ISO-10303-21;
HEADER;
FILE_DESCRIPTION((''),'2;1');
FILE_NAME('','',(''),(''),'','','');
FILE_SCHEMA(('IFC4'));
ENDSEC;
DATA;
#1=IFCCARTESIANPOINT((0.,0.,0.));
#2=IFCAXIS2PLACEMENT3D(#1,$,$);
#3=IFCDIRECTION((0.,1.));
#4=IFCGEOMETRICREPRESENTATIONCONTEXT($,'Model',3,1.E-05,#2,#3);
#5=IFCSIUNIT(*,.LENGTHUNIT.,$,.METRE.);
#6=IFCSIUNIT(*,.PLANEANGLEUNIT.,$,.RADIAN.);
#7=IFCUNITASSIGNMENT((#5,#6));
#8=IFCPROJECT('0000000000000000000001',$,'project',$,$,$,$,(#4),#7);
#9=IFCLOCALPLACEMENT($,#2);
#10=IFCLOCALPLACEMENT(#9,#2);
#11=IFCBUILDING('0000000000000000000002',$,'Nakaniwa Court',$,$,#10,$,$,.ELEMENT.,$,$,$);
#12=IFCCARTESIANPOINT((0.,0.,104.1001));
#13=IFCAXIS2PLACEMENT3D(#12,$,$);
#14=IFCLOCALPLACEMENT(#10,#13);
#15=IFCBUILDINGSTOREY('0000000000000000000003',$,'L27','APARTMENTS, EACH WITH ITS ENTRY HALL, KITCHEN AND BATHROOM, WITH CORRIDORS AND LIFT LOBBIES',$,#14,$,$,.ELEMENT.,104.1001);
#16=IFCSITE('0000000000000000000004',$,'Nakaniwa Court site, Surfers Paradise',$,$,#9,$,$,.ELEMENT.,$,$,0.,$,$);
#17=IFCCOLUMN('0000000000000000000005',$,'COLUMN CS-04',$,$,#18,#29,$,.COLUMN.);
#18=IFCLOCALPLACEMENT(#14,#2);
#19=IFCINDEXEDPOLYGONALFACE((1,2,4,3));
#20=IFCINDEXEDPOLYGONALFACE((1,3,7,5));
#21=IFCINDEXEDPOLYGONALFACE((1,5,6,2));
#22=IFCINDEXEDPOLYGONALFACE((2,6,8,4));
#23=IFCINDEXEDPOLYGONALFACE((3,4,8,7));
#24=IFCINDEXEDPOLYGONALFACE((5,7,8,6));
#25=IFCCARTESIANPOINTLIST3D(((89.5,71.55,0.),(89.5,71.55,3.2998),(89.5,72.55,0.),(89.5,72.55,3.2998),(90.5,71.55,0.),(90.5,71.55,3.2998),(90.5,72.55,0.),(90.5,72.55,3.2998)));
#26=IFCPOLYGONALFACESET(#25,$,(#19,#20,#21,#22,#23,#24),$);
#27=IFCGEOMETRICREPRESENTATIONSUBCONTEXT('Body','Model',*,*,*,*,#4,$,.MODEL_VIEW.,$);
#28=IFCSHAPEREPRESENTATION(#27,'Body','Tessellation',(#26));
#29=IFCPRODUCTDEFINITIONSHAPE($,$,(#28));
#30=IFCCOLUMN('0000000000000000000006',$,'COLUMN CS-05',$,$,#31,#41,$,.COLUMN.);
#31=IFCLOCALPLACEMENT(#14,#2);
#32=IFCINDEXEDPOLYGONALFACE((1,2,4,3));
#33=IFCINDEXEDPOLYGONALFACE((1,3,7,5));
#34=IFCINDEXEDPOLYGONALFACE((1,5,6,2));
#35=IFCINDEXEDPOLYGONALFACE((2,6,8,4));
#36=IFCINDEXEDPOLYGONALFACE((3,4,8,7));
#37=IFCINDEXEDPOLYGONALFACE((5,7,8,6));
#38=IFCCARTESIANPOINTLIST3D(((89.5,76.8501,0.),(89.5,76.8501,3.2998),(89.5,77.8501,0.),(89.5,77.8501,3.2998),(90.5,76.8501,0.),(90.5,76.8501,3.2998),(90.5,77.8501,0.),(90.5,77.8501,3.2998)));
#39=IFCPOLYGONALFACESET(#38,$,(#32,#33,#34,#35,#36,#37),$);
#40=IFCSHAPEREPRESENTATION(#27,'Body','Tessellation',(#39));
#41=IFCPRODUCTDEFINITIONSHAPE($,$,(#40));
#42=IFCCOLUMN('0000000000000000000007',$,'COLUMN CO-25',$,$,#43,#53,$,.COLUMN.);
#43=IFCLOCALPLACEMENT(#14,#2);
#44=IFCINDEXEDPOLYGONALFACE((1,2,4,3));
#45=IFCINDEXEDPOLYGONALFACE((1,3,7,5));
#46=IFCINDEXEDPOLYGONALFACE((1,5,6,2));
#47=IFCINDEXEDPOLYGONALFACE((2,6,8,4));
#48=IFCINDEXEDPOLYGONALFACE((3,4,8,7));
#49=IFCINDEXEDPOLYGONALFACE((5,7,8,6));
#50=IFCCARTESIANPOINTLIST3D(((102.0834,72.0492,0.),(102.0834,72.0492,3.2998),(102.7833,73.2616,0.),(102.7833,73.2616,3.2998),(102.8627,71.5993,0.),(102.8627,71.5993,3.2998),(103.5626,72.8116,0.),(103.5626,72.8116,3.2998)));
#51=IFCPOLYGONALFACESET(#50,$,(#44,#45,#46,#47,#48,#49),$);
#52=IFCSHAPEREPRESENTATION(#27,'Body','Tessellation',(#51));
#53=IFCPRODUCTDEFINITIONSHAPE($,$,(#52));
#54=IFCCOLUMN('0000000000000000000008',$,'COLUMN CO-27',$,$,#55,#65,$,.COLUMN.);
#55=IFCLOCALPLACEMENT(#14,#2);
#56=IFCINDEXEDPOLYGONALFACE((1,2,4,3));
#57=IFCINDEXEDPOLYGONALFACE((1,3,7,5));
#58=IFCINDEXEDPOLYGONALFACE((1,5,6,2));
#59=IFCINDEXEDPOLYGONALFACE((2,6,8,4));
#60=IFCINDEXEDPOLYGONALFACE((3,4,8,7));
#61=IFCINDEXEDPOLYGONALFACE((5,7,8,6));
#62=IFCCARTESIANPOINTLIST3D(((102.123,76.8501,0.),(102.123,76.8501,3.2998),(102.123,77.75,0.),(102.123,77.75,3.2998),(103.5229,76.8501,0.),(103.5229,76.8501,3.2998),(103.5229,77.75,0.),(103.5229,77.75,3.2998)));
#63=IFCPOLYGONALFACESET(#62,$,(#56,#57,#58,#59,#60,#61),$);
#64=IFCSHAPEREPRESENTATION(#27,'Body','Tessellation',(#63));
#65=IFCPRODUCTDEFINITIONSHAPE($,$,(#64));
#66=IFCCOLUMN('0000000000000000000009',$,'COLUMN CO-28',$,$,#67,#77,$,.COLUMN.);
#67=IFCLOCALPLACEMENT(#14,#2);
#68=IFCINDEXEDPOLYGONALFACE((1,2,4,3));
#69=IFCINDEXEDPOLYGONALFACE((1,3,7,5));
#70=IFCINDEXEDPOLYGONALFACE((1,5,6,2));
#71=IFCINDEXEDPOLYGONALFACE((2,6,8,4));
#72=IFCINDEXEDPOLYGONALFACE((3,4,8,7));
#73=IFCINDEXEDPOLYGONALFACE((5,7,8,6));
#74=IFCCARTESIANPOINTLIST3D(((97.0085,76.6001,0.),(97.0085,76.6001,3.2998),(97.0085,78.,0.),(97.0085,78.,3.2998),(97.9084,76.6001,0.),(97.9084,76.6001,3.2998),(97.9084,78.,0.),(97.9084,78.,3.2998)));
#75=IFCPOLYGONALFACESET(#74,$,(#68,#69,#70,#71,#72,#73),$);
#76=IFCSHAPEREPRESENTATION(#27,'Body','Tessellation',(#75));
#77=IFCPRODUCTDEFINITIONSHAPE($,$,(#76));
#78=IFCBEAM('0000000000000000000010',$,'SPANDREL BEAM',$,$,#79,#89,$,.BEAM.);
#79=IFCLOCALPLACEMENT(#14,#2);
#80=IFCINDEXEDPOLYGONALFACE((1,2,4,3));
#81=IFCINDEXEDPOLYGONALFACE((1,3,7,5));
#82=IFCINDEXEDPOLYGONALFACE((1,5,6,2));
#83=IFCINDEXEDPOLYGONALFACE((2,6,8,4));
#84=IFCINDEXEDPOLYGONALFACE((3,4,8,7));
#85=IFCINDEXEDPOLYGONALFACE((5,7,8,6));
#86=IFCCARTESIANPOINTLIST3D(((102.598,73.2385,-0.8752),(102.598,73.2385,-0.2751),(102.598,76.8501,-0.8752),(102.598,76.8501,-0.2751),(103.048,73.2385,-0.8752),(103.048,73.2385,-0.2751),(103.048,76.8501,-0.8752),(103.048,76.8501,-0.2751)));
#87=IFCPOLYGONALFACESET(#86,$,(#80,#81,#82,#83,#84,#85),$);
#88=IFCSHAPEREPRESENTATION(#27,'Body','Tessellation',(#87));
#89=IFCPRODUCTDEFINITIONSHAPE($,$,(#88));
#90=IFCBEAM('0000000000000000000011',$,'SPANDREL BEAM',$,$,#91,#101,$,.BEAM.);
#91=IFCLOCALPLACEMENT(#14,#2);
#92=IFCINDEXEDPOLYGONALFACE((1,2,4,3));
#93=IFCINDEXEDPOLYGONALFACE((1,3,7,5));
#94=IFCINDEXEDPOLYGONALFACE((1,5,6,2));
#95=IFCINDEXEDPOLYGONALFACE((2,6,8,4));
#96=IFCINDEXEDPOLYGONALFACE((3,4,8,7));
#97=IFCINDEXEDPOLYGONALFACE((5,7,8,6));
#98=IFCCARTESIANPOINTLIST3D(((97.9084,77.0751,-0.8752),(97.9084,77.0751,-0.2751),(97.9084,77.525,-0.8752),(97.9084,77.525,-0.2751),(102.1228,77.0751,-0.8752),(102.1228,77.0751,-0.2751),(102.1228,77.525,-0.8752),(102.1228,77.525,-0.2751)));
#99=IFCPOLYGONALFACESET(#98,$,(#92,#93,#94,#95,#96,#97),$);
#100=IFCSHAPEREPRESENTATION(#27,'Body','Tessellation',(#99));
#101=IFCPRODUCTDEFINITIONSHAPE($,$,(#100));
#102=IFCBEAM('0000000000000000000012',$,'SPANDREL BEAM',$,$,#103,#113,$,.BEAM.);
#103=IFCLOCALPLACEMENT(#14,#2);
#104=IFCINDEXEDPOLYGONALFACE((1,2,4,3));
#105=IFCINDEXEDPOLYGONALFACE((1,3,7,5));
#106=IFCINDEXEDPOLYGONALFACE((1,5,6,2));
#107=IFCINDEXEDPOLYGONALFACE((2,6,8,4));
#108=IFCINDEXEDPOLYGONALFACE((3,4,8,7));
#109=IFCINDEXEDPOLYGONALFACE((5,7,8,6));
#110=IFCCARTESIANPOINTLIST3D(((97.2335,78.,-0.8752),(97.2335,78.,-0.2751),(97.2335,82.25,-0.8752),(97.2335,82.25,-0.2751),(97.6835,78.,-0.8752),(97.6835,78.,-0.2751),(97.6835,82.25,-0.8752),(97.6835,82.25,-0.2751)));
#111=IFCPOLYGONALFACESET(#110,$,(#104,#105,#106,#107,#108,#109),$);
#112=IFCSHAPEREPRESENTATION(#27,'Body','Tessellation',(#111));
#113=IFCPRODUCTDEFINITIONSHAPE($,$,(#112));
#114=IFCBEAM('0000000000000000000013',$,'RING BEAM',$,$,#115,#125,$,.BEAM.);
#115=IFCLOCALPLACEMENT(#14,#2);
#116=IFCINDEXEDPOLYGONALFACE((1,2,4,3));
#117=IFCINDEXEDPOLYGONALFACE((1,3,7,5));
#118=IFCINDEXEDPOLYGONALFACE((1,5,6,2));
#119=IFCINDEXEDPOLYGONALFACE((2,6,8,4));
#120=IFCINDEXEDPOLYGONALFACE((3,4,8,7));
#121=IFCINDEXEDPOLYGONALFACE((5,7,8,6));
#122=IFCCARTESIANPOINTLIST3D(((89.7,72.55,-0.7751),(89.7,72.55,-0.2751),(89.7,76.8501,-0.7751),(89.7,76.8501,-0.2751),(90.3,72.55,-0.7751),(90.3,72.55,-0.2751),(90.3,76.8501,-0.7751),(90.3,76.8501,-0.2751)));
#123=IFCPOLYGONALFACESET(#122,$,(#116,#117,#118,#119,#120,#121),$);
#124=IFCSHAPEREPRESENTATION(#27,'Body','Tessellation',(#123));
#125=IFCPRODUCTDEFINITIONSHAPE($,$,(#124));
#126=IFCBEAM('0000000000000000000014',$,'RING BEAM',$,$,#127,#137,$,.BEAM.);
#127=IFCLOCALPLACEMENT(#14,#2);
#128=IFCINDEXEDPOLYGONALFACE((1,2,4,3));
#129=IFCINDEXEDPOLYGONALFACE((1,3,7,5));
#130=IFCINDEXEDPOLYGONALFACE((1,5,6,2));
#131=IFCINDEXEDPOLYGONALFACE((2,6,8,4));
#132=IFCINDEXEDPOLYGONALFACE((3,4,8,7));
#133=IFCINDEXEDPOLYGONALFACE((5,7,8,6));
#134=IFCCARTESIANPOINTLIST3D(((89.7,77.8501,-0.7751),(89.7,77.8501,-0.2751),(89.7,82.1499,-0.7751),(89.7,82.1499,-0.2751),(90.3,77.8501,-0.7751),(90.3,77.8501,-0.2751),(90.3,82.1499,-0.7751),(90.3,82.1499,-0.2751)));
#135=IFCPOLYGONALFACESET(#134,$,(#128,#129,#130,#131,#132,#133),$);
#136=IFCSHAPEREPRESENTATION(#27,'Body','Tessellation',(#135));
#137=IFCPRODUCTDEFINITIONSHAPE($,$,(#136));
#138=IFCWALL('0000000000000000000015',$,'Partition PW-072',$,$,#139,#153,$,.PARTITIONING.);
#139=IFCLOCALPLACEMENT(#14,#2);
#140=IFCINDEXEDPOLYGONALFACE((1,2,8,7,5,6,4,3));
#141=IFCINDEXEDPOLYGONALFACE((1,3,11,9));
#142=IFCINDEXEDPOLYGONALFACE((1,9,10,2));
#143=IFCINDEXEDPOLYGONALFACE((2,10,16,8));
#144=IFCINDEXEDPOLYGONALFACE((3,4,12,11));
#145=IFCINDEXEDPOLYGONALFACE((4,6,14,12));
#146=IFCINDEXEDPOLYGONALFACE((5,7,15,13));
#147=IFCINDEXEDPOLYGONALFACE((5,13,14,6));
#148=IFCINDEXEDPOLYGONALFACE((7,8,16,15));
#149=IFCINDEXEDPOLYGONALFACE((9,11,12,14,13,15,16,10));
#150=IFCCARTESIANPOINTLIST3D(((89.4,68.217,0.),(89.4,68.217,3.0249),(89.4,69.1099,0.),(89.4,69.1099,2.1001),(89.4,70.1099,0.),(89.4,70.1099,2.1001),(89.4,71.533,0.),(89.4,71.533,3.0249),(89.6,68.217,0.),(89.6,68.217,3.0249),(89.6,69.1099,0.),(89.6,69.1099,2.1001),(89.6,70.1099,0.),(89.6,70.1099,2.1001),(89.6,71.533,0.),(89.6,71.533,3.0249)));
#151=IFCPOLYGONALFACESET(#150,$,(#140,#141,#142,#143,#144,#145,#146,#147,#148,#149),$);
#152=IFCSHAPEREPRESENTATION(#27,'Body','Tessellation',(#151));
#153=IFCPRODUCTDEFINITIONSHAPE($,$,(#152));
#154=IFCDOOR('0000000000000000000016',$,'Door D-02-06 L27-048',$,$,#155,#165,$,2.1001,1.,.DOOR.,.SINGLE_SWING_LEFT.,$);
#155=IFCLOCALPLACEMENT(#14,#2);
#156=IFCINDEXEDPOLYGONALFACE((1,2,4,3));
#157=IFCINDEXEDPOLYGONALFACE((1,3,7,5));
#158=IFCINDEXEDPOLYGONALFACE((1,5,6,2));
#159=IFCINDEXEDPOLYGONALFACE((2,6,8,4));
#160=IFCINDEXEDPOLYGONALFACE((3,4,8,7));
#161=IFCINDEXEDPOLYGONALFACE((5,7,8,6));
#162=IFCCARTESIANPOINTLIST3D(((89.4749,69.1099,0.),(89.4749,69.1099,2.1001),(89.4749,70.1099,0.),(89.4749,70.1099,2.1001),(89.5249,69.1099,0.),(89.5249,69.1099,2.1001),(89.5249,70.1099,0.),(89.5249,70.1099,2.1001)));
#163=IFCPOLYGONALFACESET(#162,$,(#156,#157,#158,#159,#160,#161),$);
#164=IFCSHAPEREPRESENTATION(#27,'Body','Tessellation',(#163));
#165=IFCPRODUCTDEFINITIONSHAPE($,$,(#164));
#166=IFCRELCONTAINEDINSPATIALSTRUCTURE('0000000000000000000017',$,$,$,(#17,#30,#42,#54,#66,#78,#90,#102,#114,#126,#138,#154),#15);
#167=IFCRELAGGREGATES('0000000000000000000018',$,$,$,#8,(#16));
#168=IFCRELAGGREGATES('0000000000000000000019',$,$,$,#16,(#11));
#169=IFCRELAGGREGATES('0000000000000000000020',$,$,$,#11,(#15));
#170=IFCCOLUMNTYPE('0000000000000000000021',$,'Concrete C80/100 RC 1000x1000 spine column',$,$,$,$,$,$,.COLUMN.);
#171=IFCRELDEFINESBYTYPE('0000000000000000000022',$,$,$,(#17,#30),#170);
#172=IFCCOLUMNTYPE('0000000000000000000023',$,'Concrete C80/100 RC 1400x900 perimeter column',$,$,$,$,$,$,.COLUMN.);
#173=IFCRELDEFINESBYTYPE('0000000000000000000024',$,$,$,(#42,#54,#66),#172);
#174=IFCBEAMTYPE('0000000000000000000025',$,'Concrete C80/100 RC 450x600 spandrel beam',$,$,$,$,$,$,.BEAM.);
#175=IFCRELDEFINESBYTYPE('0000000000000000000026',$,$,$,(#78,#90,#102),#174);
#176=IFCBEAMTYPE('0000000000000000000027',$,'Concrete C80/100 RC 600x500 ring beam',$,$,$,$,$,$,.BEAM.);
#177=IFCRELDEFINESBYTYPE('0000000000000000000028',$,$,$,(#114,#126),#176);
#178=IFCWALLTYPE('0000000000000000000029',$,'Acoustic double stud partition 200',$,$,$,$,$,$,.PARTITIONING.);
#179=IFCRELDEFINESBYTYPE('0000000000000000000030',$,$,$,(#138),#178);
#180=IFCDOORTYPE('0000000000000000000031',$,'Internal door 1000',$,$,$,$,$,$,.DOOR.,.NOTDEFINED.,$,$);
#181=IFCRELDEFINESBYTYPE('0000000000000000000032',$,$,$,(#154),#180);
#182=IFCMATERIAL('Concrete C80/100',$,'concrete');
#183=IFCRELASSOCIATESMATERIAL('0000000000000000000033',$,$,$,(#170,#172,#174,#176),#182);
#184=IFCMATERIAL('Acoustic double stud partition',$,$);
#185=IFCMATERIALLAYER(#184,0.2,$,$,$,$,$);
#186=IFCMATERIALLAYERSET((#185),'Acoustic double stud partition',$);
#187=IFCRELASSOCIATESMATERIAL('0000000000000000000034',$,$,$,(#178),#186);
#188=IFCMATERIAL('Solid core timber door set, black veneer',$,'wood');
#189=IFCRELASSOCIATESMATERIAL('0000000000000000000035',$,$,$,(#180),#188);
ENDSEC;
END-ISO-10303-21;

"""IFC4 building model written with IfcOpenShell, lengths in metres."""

from ifc_helpers import new_model, si_unit, direction, frame, frame_2d, origin, origin_2d, place, context, subcontext, project, spatial, rectangle, extrude, material, layer, layer_set, material_profile, profile_set, type_object, element, fill, save


model = new_model("IFC4")

# Units and contexts
model_context = context("Model", 3, precision=1e-05, world=origin(), true_north=direction((0.0, 1.0)))
body_context = subcontext(model_context, "Body", "Model", "MODEL_VIEW")
ifc_project = project(units=[si_unit("LENGTHUNIT", "METRE"), si_unit("PLANEANGLEUNIT", "RADIAN")], contexts=[model_context])

# Site, building, storey
site_placement = place(None, origin())
site = spatial("IfcSite", under=ifc_project, at=site_placement, Name="Nakaniwa Court site, Surfers Paradise", CompositionType="ELEMENT", RefElevation=0.0)
building_placement = place(site_placement, origin())
building = spatial("IfcBuilding", under=site, at=building_placement, Name="Nakaniwa Court", CompositionType="ELEMENT")
storey_placement = place(building_placement, frame((0.0, 0.0, 104.1001)))
storey = spatial("IfcBuildingStorey", under=building, at=storey_placement, Name="L27", Description="APARTMENTS, EACH WITH ITS ENTRY HALL, KITCHEN AND BATHROOM, WITH CORRIDORS AND LIFT LOBBIES", CompositionType="ELEMENT", Elevation=104.1001)

# Columns
ifc_material_1 = material(Name="Concrete C80/100", Category="concrete")
ifc_material_profile_1 = material_profile(ifc_material_1, rectangle(XDim=1.0, YDim=1.0, at=origin_2d()), Name="Concrete C80/100 RC 1000x1000 spine column")
ifc_profile_set_1 = profile_set([ifc_material_profile_1], Name="Concrete C80/100")
column_type_1 = type_object("IfcColumnType", Name="Concrete C80/100 RC 1000x1000 spine column", PredefinedType="COLUMN", material=ifc_profile_set_1)
for number, where, z_axis, x_axis, name in (
    (1, (90.0, 72.05, 0.0), (0.0, 0.0, 1.0), (0.0, 1.0, 0.0), "COLUMN CS-04"),
    (2, (90.0, 77.3501, 0.0), (0.0, 0.0, 1.0), (0.0, 1.0, 0.0), "COLUMN CS-05"),
):
    element("IfcColumn", number, at=place(storey_placement, frame(where, z_axis=z_axis, x_axis=x_axis)), inside=storey, type_object=column_type_1, Name=name, PredefinedType="COLUMN", context=body_context, shape_type="SweptSolid", body=[
        extrude(rectangle(XDim=1.0, YDim=1.0, at=origin_2d()), origin(), (0.0, 0.0, 1.0), 3.2998),
    ])
ifc_material_profile_2 = material_profile(ifc_material_1, rectangle(XDim=1.3999, YDim=0.8999, at=origin_2d()), Name="Concrete C80/100 RC 1400x900 perimeter column")
ifc_profile_set_2 = profile_set([ifc_material_profile_2], Name="Concrete C80/100")
column_type_2 = type_object("IfcColumnType", Name="Concrete C80/100 RC 1400x900 perimeter column", PredefinedType="COLUMN", material=ifc_profile_set_2)
for number, where, z_axis, x_axis, name in (
    (3, (102.823, 72.4304, 0.0), (0.0, 0.0, 1.0), (0.5, 0.866025, 0.0), "COLUMN CO-25"),
    (4, (102.823, 77.3, 0.0), (0.0, 0.0, 1.0), (-1.0, 0.0, 0.0), "COLUMN CO-27"),
    (5, (97.4585, 77.3, 0.0), (0.0, 0.0, 1.0), (0.0, 1.0, 0.0), "COLUMN CO-28"),
):
    element("IfcColumn", number, at=place(storey_placement, frame(where, z_axis=z_axis, x_axis=x_axis)), inside=storey, type_object=column_type_2, Name=name, PredefinedType="COLUMN", context=body_context, shape_type="SweptSolid", body=[
        extrude(rectangle(XDim=1.3999, YDim=0.8999, at=origin_2d()), origin(), (0.0, 0.0, 1.0), 3.2998),
    ])

# Beams
ifc_material_profile_3 = material_profile(ifc_material_1, rectangle(XDim=0.45, YDim=0.6001, at=origin_2d()), Name="Concrete C80/100 RC 450x600 spandrel beam")
ifc_profile_set_3 = profile_set([ifc_material_profile_3], Name="Concrete C80/100")
beam_type_1 = type_object("IfcBeamType", Name="Concrete C80/100 RC 450x600 spandrel beam", PredefinedType="BEAM", material=ifc_profile_set_3)
beam_1_placement = place(storey_placement, frame((102.823, 73.2385, -0.5752), z_axis=(0.0, 1.0, 0.0), x_axis=(-1.0, 0.0, 0.0)))
element("IfcBeam", 6, at=beam_1_placement, inside=storey, type_object=beam_type_1, Name="SPANDREL BEAM", PredefinedType="BEAM", context=body_context, shape_type="SweptSolid", body=[
    extrude(rectangle(XDim=0.45, YDim=0.6001, at=origin_2d()), origin(), (0.0, 0.0, 1.0), 3.6116),
])
beam_2_placement = place(storey_placement, frame((102.1228, 77.3, -0.5752), z_axis=(-1.0, 0.0, 0.0), x_axis=(0.0, -1.0, 0.0)))
element("IfcBeam", 7, at=beam_2_placement, inside=storey, type_object=beam_type_1, Name="SPANDREL BEAM", PredefinedType="BEAM", context=body_context, shape_type="SweptSolid", body=[
    extrude(rectangle(XDim=0.45, YDim=0.6001, at=origin_2d()), origin(), (0.0, 0.0, 1.0), 4.2144),
])
beam_3_placement = place(storey_placement, frame((97.4585, 78.0, -0.5752), z_axis=(0.0, 1.0, 0.0), x_axis=(-1.0, 0.0, 0.0)))
element("IfcBeam", 8, at=beam_3_placement, inside=storey, type_object=beam_type_1, Name="SPANDREL BEAM", PredefinedType="BEAM", context=body_context, shape_type="SweptSolid", body=[
    extrude(rectangle(XDim=0.45, YDim=0.6001, at=origin_2d()), origin(), (0.0, 0.0, 1.0), 4.25),
])
ifc_material_profile_4 = material_profile(ifc_material_1, rectangle(XDim=0.6001, YDim=0.5, at=origin_2d()), Name="Concrete C80/100 RC 600x500 ring beam")
ifc_profile_set_4 = profile_set([ifc_material_profile_4], Name="Concrete C80/100")
beam_type_2 = type_object("IfcBeamType", Name="Concrete C80/100 RC 600x500 ring beam", PredefinedType="BEAM", material=ifc_profile_set_4)
beam_4_placement = place(storey_placement, frame((90.0, 72.55, -0.5251), z_axis=(0.0, 1.0, 0.0), x_axis=(-1.0, 0.0, 0.0)))
element("IfcBeam", 9, at=beam_4_placement, inside=storey, type_object=beam_type_2, Name="RING BEAM", PredefinedType="BEAM", context=body_context, shape_type="SweptSolid", body=[
    extrude(rectangle(XDim=0.6001, YDim=0.5, at=origin_2d()), origin(), (0.0, 0.0, 1.0), 4.3),
])
beam_5_placement = place(storey_placement, frame((90.0, 77.8501, -0.5251), z_axis=(0.0, 1.0, 0.0), x_axis=(-1.0, 0.0, 0.0)))
element("IfcBeam", 10, at=beam_5_placement, inside=storey, type_object=beam_type_2, Name="RING BEAM", PredefinedType="BEAM", context=body_context, shape_type="SweptSolid", body=[
    extrude(rectangle(XDim=0.6001, YDim=0.5, at=origin_2d()), origin(), (0.0, 0.0, 1.0), 4.2998),
])

# Wall, opening, door
ifc_material_2 = material(Name="Acoustic double stud partition")
ifc_layer_1 = layer(ifc_material_2, 0.2)
ifc_layer_set_1 = layer_set([ifc_layer_1], Name="Acoustic double stud partition")
wall_type_1 = type_object("IfcWallType", Name="Acoustic double stud partition 200", PredefinedType="PARTITIONING", material=ifc_layer_set_1)
wall_1_placement = place(storey_placement, frame((89.5, 71.533, 0.0), z_axis=(0.0, 0.0, 1.0), x_axis=(0.0, -1.0, 0.0)))
wall_1 = element("IfcWall", 11, at=wall_1_placement, inside=storey, type_object=wall_type_1, Name="Partition PW-072", PredefinedType="PARTITIONING", context=body_context, shape_type="SweptSolid", body=[
    extrude(rectangle(XDim=3.3159, YDim=0.2, at=frame_2d((1.658, 0.0))), origin(), (0.0, 0.0, 1.0), 3.0249),
])
opening_1_placement = place(wall_1_placement, frame((1.4231, 0.0, 0.0)))
opening_1 = element("IfcOpeningElement", 12, at=opening_1_placement, cuts=wall_1, PredefinedType="OPENING", context=body_context, shape_type="SweptSolid", body=[
    extrude(rectangle(XDim=1.0, YDim=2.1001, at=frame_2d((0.5, 1.05))), frame((0.0, 0.1099, 0.0), z_axis=(0.0, -1.0, 0.0), x_axis=(1.0, 0.0, 0.0)), (0.0, 0.0, 1.0), 0.22),
])
ifc_material_3 = material(Name="Solid core timber door set, black veneer", Category="wood")
door_type_1 = type_object("IfcDoorType", Name="Internal door 1000", OperationType="NOTDEFINED", PredefinedType="DOOR", material=ifc_material_3)
door_1_placement = place(opening_1_placement, origin())
door_1 = element("IfcDoor", 13, at=door_1_placement, inside=storey, type_object=door_type_1, Name="Door D-02-06 L27-048", OperationType="SINGLE_SWING_LEFT", OverallHeight=2.1001, OverallWidth=1.0, PredefinedType="DOOR", context=body_context, shape_type="SweptSolid", body=[
    extrude(rectangle(XDim=1.0, YDim=2.1001, at=frame_2d((0.5, 1.05))), frame((0.0, 0.0249, 0.0), z_axis=(0.0, -1.0, 0.0), x_axis=(1.0, 0.0, 0.0)), (0.0, 0.0, 1.0), 0.05),
])
fill(opening_1, door_1)

save(model, "model.ifc")
